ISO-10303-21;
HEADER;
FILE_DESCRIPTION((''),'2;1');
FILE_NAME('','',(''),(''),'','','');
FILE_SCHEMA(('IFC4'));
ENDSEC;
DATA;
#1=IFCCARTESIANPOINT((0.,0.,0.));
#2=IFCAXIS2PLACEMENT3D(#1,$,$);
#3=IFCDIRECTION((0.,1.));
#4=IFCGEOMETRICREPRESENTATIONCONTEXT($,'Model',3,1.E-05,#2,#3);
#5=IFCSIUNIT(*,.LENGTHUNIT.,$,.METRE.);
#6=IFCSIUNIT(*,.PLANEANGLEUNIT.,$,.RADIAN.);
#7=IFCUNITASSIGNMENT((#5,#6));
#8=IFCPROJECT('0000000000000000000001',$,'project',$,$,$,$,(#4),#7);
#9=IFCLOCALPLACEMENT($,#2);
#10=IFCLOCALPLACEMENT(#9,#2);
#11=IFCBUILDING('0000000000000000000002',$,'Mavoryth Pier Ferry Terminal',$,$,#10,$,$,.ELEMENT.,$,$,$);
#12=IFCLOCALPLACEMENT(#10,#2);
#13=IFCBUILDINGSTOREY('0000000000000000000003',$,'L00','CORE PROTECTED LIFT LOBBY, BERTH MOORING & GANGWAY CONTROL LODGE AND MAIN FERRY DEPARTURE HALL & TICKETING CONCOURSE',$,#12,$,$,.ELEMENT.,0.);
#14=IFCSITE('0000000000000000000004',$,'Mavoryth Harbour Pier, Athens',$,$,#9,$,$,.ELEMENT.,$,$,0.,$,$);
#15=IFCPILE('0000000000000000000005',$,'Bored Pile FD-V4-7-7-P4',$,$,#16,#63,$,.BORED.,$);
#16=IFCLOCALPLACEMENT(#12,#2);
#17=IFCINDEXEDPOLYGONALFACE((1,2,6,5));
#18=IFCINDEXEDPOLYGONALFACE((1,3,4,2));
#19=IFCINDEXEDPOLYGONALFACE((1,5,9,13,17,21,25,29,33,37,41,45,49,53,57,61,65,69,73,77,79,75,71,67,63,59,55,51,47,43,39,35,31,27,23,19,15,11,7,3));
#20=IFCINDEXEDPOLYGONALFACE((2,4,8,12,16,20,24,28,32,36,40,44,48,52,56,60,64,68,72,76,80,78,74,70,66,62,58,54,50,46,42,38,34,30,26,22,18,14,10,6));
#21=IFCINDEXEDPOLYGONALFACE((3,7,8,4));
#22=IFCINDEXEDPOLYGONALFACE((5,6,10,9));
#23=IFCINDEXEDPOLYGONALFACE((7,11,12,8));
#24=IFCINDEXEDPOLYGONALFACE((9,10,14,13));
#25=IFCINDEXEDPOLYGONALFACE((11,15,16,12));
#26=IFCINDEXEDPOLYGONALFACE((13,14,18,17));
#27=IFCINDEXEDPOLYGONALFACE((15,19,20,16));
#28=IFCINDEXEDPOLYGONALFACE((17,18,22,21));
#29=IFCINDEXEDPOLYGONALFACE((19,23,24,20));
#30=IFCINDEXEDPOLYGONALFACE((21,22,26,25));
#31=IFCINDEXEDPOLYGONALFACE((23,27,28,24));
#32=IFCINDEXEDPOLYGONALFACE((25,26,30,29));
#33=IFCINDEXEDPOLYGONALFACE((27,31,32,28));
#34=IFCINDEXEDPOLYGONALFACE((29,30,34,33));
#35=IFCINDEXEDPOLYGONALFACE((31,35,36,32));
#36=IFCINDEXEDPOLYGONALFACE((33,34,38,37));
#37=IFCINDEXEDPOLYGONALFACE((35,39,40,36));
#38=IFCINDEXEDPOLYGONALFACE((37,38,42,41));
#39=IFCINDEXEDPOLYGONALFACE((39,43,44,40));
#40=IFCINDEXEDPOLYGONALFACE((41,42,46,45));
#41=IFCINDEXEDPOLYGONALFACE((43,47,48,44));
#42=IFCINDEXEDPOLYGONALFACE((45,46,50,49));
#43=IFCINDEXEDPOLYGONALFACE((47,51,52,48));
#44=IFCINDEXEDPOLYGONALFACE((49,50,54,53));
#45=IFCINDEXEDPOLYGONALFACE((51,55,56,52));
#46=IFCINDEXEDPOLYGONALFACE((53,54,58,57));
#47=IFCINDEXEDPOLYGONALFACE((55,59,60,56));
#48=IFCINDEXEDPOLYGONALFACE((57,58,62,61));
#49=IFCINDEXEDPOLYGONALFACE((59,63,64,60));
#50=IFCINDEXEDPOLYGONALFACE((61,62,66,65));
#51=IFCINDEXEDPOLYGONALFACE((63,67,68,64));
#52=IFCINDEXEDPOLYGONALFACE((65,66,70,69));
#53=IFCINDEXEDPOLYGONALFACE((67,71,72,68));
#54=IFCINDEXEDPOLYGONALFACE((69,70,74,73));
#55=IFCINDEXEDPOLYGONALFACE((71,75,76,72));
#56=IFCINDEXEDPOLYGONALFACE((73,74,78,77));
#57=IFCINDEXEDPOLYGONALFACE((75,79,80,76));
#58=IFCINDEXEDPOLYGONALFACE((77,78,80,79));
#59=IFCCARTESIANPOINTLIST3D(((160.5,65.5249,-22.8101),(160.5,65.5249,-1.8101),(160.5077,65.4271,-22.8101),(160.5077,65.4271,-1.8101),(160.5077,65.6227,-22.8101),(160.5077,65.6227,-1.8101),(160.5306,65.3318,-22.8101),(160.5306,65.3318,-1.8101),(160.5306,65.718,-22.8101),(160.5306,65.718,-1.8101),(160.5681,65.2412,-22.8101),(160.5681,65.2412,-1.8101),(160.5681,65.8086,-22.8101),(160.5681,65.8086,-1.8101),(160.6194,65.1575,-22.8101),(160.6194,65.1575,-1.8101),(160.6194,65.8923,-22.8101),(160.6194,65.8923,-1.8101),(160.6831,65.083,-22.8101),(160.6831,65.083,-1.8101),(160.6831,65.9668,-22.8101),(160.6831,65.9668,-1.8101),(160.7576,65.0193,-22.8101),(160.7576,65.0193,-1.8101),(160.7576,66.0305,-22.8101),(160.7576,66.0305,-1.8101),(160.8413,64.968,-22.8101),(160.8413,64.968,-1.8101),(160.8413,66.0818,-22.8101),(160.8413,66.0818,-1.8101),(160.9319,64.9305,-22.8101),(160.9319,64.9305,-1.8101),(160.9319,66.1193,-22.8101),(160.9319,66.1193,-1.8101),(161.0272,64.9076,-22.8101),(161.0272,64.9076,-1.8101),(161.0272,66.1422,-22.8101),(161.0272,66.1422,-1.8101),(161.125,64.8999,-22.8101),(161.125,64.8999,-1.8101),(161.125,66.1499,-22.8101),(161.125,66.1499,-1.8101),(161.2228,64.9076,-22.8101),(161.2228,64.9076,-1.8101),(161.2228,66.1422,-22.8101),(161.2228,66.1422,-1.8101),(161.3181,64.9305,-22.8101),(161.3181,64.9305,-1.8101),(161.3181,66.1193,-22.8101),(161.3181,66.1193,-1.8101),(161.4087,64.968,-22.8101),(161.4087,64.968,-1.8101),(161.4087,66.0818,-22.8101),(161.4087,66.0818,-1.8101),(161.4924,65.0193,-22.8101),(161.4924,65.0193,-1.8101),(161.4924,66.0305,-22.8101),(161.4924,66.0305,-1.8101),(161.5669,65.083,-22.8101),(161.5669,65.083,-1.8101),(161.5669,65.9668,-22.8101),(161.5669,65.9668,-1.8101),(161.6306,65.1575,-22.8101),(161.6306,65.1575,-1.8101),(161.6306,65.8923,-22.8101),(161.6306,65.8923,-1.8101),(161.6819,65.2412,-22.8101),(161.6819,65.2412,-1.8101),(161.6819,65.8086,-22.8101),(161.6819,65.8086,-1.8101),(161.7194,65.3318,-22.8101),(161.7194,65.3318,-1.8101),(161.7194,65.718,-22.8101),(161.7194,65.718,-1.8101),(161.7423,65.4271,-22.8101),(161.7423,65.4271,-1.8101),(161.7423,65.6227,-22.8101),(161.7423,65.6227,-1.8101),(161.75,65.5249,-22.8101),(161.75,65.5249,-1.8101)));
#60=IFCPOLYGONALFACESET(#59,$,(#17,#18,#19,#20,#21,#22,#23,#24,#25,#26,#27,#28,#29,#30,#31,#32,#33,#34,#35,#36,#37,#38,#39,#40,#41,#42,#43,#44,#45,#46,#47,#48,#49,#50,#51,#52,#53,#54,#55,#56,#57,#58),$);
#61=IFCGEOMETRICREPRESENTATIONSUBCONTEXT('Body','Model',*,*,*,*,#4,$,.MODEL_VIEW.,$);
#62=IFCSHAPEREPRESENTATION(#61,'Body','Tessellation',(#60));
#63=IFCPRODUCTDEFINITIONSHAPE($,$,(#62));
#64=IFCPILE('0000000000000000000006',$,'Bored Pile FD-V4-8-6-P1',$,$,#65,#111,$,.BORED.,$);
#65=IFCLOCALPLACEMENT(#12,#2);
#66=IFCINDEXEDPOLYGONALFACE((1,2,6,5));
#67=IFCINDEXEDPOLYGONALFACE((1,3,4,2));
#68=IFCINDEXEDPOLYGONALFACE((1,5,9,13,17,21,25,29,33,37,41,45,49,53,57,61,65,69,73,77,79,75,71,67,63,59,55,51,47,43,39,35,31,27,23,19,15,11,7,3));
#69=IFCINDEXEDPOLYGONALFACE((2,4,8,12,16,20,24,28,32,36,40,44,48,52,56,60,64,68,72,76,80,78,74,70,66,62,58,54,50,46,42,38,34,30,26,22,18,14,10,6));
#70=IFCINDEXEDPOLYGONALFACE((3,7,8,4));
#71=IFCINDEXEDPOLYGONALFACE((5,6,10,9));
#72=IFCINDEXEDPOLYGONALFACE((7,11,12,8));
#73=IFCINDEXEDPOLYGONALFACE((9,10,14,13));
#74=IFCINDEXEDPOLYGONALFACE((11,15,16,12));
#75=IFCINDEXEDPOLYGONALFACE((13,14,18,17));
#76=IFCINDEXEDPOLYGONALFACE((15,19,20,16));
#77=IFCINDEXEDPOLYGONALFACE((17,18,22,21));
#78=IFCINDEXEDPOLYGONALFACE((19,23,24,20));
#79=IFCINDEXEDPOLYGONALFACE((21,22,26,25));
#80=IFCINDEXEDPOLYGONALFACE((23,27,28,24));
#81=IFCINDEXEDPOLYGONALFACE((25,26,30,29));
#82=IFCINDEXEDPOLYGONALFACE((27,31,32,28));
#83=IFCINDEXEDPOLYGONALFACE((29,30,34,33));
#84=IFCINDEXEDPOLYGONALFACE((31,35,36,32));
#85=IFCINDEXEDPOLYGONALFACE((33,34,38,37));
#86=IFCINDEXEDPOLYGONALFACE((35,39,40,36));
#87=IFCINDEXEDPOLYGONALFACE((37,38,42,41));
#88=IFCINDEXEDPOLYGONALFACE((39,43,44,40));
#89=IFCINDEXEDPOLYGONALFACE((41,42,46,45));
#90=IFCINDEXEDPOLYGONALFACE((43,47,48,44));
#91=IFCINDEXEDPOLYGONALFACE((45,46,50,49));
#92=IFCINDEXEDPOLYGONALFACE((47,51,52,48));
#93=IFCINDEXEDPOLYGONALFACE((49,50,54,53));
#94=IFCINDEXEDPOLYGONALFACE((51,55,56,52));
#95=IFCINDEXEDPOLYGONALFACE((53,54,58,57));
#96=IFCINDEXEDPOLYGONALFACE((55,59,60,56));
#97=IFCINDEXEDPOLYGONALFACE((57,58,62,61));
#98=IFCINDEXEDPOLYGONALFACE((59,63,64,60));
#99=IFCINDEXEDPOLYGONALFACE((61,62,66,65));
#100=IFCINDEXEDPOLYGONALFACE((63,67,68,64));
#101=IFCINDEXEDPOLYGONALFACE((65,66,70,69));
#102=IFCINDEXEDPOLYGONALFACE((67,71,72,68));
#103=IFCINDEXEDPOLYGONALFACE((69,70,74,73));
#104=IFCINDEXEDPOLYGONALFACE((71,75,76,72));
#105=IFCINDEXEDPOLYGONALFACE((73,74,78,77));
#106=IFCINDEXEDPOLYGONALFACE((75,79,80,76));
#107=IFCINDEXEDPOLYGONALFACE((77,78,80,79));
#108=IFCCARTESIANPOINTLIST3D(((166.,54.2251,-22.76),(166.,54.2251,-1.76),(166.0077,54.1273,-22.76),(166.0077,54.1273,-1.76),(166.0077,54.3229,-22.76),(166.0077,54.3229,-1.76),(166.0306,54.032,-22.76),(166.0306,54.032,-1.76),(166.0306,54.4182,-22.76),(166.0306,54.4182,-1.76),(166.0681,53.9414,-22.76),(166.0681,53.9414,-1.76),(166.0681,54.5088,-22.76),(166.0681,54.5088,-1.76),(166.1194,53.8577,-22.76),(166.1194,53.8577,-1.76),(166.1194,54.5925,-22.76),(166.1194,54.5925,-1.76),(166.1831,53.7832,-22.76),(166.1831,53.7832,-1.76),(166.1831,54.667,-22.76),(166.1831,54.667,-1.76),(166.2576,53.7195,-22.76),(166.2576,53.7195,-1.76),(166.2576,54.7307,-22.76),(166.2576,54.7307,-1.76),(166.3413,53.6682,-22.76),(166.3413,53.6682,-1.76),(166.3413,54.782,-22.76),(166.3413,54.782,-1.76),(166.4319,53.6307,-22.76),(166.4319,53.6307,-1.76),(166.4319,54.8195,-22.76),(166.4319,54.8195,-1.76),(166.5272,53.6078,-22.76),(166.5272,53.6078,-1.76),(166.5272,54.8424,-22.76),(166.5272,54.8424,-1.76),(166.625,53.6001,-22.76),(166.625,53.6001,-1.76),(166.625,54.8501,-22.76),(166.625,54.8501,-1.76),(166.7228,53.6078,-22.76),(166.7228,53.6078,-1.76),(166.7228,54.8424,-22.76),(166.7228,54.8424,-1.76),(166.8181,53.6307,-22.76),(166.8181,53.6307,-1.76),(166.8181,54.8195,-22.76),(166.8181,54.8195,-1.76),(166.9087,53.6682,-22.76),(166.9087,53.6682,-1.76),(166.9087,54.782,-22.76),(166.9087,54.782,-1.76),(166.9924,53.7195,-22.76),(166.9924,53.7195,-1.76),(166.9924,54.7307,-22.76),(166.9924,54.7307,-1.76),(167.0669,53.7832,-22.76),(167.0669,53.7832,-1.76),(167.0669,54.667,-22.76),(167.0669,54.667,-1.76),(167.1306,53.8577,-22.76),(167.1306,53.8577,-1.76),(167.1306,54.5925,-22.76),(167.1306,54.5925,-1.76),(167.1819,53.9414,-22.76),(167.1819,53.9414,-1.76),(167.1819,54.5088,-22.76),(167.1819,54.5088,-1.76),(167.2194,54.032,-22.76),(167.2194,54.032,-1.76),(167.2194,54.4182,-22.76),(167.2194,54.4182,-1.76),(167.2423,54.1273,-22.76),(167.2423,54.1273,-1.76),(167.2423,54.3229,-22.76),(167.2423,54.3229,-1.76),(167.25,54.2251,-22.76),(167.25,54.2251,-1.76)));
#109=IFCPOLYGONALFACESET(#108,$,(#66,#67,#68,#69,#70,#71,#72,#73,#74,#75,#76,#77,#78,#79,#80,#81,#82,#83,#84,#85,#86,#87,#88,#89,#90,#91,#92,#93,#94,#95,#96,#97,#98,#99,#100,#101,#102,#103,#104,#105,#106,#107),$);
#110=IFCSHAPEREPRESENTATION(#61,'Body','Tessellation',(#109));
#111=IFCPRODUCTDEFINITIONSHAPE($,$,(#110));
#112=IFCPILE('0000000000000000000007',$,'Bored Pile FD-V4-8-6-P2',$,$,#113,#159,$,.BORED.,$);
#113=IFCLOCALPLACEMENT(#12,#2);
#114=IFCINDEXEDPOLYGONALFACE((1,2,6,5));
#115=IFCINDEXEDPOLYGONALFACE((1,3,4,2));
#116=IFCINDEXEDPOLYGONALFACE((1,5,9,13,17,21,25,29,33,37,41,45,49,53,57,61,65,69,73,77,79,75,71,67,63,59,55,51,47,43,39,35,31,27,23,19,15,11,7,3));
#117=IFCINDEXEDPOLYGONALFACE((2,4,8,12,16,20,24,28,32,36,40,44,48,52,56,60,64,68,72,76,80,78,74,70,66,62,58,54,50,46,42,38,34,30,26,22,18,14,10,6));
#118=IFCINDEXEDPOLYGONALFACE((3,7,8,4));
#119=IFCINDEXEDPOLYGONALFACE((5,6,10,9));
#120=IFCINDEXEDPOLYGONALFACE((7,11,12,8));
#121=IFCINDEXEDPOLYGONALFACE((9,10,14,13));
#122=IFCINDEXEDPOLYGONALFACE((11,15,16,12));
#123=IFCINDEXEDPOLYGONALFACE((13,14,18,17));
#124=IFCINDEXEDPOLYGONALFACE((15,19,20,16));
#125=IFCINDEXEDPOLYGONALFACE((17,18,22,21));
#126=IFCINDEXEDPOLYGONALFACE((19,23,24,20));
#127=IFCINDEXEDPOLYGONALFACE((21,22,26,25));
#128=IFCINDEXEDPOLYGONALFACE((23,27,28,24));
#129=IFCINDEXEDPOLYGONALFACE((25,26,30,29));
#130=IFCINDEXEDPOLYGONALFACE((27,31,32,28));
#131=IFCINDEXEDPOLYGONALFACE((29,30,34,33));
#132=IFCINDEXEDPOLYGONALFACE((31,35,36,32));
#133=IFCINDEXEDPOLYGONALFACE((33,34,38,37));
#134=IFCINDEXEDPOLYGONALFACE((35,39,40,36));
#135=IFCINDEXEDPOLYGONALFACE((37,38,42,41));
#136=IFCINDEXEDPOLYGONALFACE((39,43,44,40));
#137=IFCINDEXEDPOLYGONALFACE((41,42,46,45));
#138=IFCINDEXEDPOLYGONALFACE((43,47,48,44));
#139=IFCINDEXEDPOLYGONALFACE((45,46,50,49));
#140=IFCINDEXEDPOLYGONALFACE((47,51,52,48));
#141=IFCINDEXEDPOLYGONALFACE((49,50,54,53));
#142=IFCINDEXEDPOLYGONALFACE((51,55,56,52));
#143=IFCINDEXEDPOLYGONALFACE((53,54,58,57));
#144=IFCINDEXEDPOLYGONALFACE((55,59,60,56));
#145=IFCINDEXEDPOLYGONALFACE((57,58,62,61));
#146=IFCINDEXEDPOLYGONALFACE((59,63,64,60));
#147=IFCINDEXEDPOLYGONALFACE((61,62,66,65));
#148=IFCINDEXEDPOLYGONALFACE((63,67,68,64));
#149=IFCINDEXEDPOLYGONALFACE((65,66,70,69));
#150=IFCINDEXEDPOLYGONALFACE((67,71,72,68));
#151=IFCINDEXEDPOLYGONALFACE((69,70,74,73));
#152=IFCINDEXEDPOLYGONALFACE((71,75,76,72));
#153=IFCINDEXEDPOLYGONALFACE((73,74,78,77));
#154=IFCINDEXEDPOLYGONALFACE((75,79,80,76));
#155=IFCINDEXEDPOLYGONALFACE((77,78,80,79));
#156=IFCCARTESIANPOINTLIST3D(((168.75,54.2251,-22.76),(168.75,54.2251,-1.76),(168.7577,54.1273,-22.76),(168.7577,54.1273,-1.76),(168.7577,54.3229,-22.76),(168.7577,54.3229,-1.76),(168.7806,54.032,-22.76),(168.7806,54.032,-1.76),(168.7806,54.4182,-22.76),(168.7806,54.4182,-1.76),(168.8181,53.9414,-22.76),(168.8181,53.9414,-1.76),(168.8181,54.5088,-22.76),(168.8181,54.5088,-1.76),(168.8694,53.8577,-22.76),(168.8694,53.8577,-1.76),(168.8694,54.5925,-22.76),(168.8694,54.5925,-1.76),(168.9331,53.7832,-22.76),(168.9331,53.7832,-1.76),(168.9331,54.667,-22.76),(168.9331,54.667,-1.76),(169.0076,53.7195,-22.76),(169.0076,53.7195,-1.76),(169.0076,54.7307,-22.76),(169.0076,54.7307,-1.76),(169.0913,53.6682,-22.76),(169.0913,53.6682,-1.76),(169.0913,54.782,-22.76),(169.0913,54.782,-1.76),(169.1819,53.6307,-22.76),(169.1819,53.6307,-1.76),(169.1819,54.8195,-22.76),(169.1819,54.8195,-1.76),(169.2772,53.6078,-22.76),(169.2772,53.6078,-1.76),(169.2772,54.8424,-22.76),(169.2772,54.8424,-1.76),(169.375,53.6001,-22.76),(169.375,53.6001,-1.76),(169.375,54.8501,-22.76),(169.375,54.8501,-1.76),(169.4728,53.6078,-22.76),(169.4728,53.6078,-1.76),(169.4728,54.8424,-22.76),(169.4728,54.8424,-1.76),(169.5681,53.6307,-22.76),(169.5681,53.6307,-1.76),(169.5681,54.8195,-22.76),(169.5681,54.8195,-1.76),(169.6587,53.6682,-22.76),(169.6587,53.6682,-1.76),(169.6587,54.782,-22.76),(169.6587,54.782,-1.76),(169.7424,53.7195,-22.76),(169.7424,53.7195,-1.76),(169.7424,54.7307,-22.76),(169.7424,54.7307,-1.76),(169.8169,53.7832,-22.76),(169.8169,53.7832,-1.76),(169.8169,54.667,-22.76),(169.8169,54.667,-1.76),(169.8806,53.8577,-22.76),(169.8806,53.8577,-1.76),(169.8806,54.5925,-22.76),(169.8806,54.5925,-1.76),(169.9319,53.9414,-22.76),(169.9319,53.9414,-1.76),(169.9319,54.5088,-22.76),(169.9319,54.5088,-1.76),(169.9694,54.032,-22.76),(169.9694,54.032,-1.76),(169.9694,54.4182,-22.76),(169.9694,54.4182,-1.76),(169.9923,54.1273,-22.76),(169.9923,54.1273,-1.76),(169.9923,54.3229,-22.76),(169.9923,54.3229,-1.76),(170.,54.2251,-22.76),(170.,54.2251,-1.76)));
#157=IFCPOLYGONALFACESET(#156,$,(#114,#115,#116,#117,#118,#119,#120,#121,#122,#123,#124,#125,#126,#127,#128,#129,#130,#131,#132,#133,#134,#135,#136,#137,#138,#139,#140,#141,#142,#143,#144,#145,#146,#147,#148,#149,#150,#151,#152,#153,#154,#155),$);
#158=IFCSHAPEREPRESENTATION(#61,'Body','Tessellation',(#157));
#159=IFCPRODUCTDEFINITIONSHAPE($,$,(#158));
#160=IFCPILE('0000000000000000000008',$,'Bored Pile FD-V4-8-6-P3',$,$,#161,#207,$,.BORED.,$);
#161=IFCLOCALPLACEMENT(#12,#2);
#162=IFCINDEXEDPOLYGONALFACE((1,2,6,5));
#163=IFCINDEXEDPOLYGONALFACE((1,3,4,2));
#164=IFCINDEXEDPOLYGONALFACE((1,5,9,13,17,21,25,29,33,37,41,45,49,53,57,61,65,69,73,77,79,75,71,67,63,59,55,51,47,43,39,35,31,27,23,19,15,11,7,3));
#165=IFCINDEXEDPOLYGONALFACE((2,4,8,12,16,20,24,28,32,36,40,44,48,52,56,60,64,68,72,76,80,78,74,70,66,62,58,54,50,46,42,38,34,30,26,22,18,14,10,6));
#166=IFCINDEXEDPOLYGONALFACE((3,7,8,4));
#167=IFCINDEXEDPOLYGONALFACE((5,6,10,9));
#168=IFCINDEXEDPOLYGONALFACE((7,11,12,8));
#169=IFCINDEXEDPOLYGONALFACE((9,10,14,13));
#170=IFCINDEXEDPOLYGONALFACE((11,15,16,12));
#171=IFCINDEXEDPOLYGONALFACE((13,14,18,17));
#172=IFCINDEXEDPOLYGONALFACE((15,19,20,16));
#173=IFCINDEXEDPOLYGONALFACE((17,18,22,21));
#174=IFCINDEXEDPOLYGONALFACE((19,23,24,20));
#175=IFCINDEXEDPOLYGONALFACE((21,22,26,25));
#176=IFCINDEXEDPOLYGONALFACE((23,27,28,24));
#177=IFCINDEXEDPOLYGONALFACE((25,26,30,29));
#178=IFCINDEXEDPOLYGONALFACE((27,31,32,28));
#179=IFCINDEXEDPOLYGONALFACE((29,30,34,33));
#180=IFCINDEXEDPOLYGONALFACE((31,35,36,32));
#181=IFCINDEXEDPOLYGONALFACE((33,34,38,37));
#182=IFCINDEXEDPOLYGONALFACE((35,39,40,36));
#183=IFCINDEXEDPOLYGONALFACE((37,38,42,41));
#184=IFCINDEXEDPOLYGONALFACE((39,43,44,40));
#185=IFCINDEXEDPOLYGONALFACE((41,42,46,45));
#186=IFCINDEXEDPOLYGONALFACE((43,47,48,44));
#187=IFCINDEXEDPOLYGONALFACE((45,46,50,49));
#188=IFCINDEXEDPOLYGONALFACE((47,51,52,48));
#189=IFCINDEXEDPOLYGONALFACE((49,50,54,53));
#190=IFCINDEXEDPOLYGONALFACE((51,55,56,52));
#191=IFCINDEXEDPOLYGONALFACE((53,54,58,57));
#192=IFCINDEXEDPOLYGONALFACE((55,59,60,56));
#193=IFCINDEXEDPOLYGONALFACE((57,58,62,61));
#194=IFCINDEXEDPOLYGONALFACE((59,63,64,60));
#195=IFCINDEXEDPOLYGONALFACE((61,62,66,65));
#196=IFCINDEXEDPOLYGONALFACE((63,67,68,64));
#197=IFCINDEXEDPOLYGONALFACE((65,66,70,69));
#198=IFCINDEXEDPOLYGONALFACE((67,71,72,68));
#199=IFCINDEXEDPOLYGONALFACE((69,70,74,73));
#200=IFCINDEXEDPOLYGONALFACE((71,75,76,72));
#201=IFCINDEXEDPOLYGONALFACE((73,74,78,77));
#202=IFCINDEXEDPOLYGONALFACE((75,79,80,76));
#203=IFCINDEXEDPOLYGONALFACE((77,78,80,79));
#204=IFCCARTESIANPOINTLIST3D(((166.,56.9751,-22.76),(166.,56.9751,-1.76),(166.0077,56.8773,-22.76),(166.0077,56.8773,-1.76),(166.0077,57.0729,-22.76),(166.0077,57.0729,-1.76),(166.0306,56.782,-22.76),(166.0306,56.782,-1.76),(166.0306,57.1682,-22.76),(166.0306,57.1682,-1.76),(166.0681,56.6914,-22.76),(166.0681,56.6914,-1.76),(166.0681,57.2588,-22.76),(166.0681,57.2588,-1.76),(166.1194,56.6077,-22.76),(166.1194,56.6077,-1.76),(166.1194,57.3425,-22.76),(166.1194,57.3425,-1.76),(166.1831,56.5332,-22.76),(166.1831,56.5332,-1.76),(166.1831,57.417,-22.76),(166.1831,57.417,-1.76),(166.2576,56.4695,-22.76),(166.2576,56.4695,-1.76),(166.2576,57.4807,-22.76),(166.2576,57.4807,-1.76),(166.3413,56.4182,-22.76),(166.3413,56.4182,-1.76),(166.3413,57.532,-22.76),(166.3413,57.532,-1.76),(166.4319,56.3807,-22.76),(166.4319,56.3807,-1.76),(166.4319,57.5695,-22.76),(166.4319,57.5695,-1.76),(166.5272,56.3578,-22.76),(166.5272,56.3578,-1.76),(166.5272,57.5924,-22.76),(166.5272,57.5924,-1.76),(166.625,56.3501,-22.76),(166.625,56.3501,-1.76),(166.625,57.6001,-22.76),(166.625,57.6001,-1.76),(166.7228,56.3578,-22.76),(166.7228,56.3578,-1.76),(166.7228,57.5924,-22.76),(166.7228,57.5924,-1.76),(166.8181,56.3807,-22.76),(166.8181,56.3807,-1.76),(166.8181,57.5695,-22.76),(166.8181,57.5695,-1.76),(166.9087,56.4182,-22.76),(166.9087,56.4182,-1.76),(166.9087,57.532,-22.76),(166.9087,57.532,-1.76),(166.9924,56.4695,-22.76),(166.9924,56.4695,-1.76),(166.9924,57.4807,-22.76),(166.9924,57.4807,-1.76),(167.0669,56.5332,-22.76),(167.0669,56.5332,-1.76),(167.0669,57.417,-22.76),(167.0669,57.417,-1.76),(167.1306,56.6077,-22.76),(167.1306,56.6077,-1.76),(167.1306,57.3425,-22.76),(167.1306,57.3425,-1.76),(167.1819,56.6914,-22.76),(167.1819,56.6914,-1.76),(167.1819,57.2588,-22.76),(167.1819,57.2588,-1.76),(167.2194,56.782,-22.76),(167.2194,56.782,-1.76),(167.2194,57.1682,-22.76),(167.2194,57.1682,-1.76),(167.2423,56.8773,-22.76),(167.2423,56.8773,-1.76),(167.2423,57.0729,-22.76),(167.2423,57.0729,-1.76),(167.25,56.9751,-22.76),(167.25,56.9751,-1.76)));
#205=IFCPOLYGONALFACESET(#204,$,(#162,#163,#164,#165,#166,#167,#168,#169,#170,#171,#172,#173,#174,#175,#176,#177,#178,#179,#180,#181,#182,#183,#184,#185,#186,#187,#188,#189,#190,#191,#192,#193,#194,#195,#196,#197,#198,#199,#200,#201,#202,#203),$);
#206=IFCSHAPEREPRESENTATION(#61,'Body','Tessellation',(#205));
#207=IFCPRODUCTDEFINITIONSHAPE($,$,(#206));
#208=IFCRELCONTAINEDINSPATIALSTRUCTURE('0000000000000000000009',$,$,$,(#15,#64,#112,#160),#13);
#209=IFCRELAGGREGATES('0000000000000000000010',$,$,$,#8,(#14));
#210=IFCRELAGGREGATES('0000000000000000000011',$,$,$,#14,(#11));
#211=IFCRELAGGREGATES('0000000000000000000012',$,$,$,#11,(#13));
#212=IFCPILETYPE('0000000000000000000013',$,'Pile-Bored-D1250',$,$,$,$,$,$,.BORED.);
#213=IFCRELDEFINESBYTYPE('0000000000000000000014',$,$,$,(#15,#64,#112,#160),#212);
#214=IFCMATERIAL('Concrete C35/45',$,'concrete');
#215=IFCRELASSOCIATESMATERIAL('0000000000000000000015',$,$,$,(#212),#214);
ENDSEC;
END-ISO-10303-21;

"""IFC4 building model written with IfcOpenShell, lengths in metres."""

from ifc_helpers import new_model, si_unit, direction, frame, origin, origin_2d, place, context, subcontext, project, spatial, circle, extrude, material, material_profile, profile_set, type_object, element, save


model = new_model("IFC4")

# Units and contexts
model_context = context("Model", 3, precision=1e-05, world=origin(), true_north=direction((0.0, 1.0)))
body_context = subcontext(model_context, "Body", "Model", "MODEL_VIEW")
ifc_project = project(units=[si_unit("LENGTHUNIT", "METRE"), si_unit("PLANEANGLEUNIT", "RADIAN")], contexts=[model_context])

# Site, building, storey
site_placement = place(None, origin())
site = spatial("IfcSite", under=ifc_project, at=site_placement, Name="Mavoryth Harbour Pier, Athens", CompositionType="ELEMENT", RefElevation=0.0)
building_placement = place(site_placement, origin())
building = spatial("IfcBuilding", under=site, at=building_placement, Name="Mavoryth Pier Ferry Terminal", CompositionType="ELEMENT")
storey_placement = place(building_placement, origin())
storey = spatial("IfcBuildingStorey", under=building, at=storey_placement, Name="L00", Description="CORE PROTECTED LIFT LOBBY, BERTH MOORING & GANGWAY CONTROL LODGE AND MAIN FERRY DEPARTURE HALL & TICKETING CONCOURSE", CompositionType="ELEMENT", Elevation=0.0)

# Shared definitions
ifc_material_1 = material(Name="Concrete C35/45", Category="concrete")

# Piles
ifc_material_profile_1 = material_profile(ifc_material_1, circle(Radius=0.625, at=origin_2d()), Name="PILE D1250", Category="concrete")
ifc_profile_set_1 = profile_set([ifc_material_profile_1], Name="Concrete C35/45 - PILE D1250")
pile_type = type_object("IfcPileType", Name="Pile-Bored-D1250", PredefinedType="BORED", material=ifc_profile_set_1)
for number, where, z_axis, x_axis, name in (
    (1, (161.125, 65.5249, -1.8101), (0.0, 0.0, -1.0), (1.0, 0.0, 0.0), "Bored Pile FD-V4-7-7-P4"),
    (2, (166.625, 54.2251, -1.76), (0.0, 0.0, -1.0), (1.0, 0.0, 0.0), "Bored Pile FD-V4-8-6-P1"),
    (3, (169.375, 54.2251, -1.76), (0.0, 0.0, -1.0), (1.0, 0.0, 0.0), "Bored Pile FD-V4-8-6-P2"),
    (4, (166.625, 56.9751, -1.76), (0.0, 0.0, -1.0), (1.0, 0.0, 0.0), "Bored Pile FD-V4-8-6-P3"),
):
    element("IfcPile", number, at=place(storey_placement, frame(where, z_axis=z_axis, x_axis=x_axis)), inside=storey, type_object=pile_type, Name=name, PredefinedType="BORED", context=body_context, shape_type="SweptSolid", body=[
        extrude(circle(Radius=0.625, at=origin_2d()), origin(), (0.0, 0.0, 1.0), 21.0),
    ])

save(model, "model.ifc")
